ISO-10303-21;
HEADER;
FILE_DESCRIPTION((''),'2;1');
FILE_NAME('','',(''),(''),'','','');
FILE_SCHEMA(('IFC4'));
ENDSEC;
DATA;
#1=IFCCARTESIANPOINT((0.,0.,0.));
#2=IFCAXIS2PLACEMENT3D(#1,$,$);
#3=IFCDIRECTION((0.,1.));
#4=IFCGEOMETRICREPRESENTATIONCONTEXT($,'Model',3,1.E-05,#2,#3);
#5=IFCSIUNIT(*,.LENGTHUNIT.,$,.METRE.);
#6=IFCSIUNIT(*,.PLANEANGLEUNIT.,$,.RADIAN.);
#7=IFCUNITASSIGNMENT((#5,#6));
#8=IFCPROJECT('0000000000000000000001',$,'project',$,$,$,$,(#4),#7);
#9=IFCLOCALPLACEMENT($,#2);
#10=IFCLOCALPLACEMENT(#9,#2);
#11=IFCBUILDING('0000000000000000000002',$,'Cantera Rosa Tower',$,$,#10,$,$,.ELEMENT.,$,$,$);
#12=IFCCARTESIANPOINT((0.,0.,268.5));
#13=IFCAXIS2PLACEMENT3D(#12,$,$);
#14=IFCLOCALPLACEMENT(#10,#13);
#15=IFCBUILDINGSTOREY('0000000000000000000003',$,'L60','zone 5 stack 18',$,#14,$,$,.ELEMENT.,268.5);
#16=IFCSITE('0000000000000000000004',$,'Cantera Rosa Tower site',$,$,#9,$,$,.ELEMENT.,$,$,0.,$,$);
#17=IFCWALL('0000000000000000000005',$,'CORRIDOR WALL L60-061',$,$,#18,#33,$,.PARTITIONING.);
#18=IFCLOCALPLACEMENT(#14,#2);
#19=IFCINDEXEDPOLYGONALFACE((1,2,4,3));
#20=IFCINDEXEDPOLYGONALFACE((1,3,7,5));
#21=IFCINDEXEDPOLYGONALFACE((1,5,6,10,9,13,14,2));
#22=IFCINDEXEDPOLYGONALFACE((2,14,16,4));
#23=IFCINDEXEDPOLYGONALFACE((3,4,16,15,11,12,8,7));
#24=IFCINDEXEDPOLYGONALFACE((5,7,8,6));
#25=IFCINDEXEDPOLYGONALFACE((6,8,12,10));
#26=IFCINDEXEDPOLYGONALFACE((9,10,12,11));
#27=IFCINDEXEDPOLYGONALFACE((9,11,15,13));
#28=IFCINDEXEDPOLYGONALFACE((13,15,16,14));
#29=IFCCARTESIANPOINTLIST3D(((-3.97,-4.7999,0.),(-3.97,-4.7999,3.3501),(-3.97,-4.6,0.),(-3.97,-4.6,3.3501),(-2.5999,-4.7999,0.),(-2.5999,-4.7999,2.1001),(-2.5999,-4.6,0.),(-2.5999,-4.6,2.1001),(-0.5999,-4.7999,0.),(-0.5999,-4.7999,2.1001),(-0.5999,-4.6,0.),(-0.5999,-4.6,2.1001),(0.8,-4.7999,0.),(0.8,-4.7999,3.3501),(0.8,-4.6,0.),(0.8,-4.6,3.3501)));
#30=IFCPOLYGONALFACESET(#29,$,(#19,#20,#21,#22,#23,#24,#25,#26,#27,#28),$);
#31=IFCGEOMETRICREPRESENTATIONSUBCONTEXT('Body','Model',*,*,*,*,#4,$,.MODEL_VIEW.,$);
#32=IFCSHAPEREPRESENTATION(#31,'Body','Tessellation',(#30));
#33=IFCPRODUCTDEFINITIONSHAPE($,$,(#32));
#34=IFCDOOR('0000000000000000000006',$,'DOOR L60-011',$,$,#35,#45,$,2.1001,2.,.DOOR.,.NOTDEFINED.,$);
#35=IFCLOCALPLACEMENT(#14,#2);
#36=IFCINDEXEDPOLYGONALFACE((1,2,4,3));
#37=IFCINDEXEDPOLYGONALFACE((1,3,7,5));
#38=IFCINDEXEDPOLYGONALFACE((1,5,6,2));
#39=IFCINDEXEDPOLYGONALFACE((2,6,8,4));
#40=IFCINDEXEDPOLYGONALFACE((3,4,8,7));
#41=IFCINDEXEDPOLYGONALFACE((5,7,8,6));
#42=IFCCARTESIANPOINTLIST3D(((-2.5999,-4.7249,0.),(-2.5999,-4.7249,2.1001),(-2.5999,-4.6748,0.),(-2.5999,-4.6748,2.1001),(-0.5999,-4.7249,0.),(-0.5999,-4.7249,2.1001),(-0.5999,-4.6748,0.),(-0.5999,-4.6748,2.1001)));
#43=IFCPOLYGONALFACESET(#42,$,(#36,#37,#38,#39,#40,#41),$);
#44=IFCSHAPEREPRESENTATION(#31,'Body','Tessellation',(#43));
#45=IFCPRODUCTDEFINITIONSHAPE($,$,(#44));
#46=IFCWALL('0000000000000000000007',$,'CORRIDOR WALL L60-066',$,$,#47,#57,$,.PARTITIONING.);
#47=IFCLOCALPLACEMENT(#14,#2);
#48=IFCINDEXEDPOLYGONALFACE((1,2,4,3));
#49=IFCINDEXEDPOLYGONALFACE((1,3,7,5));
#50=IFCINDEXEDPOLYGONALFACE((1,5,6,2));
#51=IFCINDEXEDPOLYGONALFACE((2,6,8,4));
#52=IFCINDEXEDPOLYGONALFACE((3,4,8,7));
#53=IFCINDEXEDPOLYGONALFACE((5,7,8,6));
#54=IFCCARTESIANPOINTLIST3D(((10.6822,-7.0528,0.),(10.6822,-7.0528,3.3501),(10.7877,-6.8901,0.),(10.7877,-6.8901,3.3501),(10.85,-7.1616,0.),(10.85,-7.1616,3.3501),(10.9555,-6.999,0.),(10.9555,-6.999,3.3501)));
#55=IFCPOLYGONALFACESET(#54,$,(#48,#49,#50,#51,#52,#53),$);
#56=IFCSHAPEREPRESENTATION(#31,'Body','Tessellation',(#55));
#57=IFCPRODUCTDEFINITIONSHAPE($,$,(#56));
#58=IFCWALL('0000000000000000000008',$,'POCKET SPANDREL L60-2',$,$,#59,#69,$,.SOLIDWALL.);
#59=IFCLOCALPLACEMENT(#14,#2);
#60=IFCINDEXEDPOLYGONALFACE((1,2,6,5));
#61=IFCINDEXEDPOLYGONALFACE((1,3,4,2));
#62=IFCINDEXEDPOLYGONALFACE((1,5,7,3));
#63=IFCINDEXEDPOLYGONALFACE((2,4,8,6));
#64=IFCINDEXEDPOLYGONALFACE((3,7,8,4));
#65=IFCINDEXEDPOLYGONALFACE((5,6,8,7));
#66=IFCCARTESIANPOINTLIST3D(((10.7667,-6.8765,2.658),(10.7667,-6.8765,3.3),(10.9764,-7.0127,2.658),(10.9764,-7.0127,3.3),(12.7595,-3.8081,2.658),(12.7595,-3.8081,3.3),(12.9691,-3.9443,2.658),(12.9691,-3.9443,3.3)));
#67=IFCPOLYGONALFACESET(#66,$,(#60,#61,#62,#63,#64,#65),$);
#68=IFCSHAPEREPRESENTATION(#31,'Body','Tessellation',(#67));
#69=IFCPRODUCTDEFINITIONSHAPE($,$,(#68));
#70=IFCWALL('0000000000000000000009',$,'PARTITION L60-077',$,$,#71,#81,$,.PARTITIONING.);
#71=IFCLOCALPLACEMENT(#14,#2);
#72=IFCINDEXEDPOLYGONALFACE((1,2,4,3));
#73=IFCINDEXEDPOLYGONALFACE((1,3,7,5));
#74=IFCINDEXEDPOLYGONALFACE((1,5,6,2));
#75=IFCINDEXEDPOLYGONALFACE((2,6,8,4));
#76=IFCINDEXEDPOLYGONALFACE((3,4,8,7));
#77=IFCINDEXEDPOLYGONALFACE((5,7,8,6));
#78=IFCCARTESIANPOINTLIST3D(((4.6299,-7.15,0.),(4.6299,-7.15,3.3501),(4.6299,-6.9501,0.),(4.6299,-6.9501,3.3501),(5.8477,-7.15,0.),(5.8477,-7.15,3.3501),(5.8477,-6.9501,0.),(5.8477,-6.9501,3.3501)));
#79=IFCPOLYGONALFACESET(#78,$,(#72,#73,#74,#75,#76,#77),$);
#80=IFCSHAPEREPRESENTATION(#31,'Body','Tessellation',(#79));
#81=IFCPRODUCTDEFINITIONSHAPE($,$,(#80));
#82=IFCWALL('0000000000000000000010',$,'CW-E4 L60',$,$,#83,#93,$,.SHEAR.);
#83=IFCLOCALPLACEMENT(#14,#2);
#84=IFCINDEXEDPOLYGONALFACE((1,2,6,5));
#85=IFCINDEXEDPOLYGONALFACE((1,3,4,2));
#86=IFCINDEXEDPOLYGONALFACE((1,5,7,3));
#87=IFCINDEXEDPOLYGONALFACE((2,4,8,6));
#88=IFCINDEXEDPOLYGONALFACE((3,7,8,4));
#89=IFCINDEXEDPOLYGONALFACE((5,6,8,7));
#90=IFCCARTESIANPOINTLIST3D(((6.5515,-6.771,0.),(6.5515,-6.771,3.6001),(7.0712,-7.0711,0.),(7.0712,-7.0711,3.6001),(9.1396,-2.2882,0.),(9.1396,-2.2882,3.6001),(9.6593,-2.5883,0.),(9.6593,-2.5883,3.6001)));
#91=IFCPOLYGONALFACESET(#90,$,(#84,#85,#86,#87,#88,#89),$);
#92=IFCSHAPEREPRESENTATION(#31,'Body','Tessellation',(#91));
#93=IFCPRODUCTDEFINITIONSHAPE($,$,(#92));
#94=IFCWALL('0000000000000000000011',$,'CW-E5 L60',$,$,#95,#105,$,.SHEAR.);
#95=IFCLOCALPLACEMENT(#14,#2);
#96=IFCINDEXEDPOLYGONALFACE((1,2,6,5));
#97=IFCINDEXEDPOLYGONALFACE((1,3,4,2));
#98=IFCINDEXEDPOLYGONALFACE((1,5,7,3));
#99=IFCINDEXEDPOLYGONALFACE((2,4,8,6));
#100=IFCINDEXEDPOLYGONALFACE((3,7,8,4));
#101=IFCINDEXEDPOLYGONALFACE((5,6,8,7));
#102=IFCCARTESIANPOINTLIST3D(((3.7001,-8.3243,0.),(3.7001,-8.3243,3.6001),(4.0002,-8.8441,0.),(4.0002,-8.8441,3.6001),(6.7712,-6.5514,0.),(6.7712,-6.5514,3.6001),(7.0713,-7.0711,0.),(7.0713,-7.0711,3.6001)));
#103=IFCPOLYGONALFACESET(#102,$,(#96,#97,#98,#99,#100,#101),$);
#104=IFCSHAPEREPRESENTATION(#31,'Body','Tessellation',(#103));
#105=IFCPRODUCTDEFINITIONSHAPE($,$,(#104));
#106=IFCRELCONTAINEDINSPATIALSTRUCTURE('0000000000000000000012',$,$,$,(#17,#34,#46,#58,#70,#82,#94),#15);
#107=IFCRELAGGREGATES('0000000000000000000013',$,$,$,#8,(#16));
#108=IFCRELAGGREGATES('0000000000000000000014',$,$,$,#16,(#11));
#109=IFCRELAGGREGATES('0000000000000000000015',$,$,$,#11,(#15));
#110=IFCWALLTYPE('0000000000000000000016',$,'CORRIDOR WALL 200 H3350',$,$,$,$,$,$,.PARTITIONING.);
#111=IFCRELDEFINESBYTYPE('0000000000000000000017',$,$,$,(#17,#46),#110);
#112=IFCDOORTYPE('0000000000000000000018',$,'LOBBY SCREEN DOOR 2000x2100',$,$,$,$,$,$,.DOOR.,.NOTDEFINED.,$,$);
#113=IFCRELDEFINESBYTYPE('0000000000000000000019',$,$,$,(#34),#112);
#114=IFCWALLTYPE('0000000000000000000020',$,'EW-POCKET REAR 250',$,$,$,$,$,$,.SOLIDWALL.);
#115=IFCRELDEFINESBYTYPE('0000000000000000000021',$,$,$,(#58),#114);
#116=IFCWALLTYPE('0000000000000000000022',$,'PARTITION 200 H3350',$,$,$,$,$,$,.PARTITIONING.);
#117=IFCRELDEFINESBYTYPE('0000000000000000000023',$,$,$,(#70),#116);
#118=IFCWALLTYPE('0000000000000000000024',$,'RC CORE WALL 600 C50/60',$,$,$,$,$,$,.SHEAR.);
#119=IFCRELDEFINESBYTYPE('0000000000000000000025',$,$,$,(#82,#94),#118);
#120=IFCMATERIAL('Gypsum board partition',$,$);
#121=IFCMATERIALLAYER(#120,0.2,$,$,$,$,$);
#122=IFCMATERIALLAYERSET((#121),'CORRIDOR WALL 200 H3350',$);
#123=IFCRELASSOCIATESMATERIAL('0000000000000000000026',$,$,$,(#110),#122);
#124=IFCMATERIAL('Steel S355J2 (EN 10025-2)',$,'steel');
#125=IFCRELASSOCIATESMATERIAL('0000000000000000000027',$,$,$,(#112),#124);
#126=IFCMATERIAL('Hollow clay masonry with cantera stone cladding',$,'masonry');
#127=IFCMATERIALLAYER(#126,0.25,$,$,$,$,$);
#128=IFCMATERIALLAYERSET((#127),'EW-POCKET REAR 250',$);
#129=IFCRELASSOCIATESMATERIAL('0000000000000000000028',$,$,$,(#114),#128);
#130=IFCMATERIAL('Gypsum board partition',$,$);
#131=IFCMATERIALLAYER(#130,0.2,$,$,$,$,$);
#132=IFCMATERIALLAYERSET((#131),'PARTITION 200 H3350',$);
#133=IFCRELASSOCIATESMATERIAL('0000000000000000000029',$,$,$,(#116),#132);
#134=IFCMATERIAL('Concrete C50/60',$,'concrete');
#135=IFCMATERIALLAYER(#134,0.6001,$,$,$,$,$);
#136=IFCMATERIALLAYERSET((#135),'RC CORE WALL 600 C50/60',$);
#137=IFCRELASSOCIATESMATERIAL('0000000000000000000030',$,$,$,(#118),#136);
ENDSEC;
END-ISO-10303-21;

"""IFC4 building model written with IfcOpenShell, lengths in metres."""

from ifc_helpers import new_model, si_unit, direction, frame, frame_2d, origin, place, context, subcontext, project, spatial, rectangle, extrude, material, layer, layer_set, type_object, element, fill, save


model = new_model("IFC4")

# Units and contexts
model_context = context("Model", 3, precision=1e-05, world=origin(), true_north=direction((0.0, 1.0)))
body_context = subcontext(model_context, "Body", "Model", "MODEL_VIEW")
ifc_project = project(units=[si_unit("LENGTHUNIT", "METRE"), si_unit("PLANEANGLEUNIT", "RADIAN")], contexts=[model_context])

# Site, building, storey
site_placement = place(None, origin())
site = spatial("IfcSite", under=ifc_project, at=site_placement, Name="Cantera Rosa Tower site", CompositionType="ELEMENT", RefElevation=0.0)
building_placement = place(site_placement, origin())
building = spatial("IfcBuilding", under=site, at=building_placement, Name="Cantera Rosa Tower", CompositionType="ELEMENT")
storey_placement = place(building_placement, frame((0.0, 0.0, 268.5)))
storey = spatial("IfcBuildingStorey", under=building, at=storey_placement, Name="L60", Description="zone 5 stack 18", CompositionType="ELEMENT", Elevation=268.5)

# Wall, opening, door
ifc_material_1 = material(Name="Gypsum board partition")
ifc_layer_1 = layer(ifc_material_1, 0.2)
ifc_layer_set_1 = layer_set([ifc_layer_1], Name="CORRIDOR WALL 200 H3350")
wall_type_1 = type_object("IfcWallType", Name="CORRIDOR WALL 200 H3350", PredefinedType="PARTITIONING", material=ifc_layer_set_1)
wall_1_placement = place(storey_placement, frame((0.8, -4.7, 0.0), z_axis=(0.0, 0.0, 1.0), x_axis=(-1.0, 0.0, 0.0)))
wall_1 = element("IfcWall", 1, at=wall_1_placement, inside=storey, type_object=wall_type_1, Name="CORRIDOR WALL L60-061", PredefinedType="PARTITIONING", context=body_context, shape_type="SweptSolid", body=[
    extrude(rectangle(XDim=4.77, YDim=0.2, at=frame_2d((2.385, 0.0))), origin(), (0.0, 0.0, 1.0), 3.3501),
])
opening_1_placement = place(wall_1_placement, frame((1.3999, 0.0, 0.0)))
opening_1 = element("IfcOpeningElement", 2, at=opening_1_placement, cuts=wall_1, PredefinedType="OPENING", context=body_context, shape_type="SweptSolid", body=[
    extrude(rectangle(XDim=2.0, YDim=2.1001, at=frame_2d((1.0, 1.05))), frame((0.0, 0.1099, 0.0), z_axis=(0.0, -1.0, 0.0), x_axis=(1.0, 0.0, 0.0)), (0.0, 0.0, 1.0), 0.22),
])
ifc_material_2 = material(Name="Steel S355J2 (EN 10025-2)", Category="steel")
door_type_1 = type_object("IfcDoorType", Name="LOBBY SCREEN DOOR 2000x2100", OperationType="NOTDEFINED", PredefinedType="DOOR", material=ifc_material_2)
door_1_placement = place(opening_1_placement, origin())
door_1 = element("IfcDoor", 3, at=door_1_placement, inside=storey, type_object=door_type_1, Name="DOOR L60-011", OperationType="NOTDEFINED", OverallHeight=2.1001, OverallWidth=2.0, PredefinedType="DOOR", context=body_context, shape_type="SweptSolid", body=[
    extrude(rectangle(XDim=2.0, YDim=2.1001, at=frame_2d((1.0, 1.05))), frame((0.0, 0.0249, 0.0), z_axis=(0.0, -1.0, 0.0), x_axis=(1.0, 0.0, 0.0)), (0.0, 0.0, 1.0), 0.05),
])
fill(opening_1, door_1)

# Walls
wall_2_placement = place(storey_placement, frame((10.7661, -7.1072, 0.0), z_axis=(0.0, 0.0, 1.0), x_axis=(0.544191, 0.838961, 0.0)))
element("IfcWall", 4, at=wall_2_placement, inside=storey, type_object=wall_type_1, Name="CORRIDOR WALL L60-066", PredefinedType="PARTITIONING", context=body_context, shape_type="SweptSolid", body=[
    extrude(rectangle(XDim=0.1938, YDim=0.2, at=frame_2d((0.0969, 0.0))), origin(), (0.0, 0.0, 1.0), 3.3501),
])
ifc_material_3 = material(Name="Hollow clay masonry with cantera stone cladding", Category="masonry")
ifc_layer_2 = layer(ifc_material_3, 0.25)
ifc_layer_set_2 = layer_set([ifc_layer_2], Name="EW-POCKET REAR 250")
wall_type_2 = type_object("IfcWallType", Name="EW-POCKET REAR 250", PredefinedType="SOLIDWALL", material=ifc_layer_set_2)
wall_3_placement = place(storey_placement, frame((10.8716, -6.9446, 2.658), z_axis=(0.0, 0.0, 1.0), x_axis=(0.544651, 0.838663, 0.0)))
element("IfcWall", 5, at=wall_3_placement, inside=storey, type_object=wall_type_2, Name="POCKET SPANDREL L60-2", PredefinedType="SOLIDWALL", context=body_context, shape_type="SweptSolid", body=[
    extrude(rectangle(XDim=3.6587, YDim=0.25, at=frame_2d((1.8293, 0.0))), origin(), (0.0, 0.0, 1.0), 0.6421),
])
ifc_material_4 = material(Name="Gypsum board partition")
ifc_layer_3 = layer(ifc_material_4, 0.2)
ifc_layer_set_3 = layer_set([ifc_layer_3], Name="PARTITION 200 H3350")
wall_type_3 = type_object("IfcWallType", Name="PARTITION 200 H3350", PredefinedType="PARTITIONING", material=ifc_layer_set_3)
wall_4_placement = place(storey_placement, frame((5.8477, -7.05, 0.0), z_axis=(0.0, 0.0, 1.0), x_axis=(-1.0, 0.0, 0.0)))
element("IfcWall", 6, at=wall_4_placement, inside=storey, type_object=wall_type_3, Name="PARTITION L60-077", PredefinedType="PARTITIONING", context=body_context, shape_type="SweptSolid", body=[
    extrude(rectangle(XDim=1.2178, YDim=0.2, at=frame_2d((0.6089, 0.0))), origin(), (0.0, 0.0, 1.0), 3.3501),
])
ifc_material_5 = material(Name="Concrete C50/60", Category="concrete")
ifc_layer_4 = layer(ifc_material_5, 0.6001)
ifc_layer_set_4 = layer_set([ifc_layer_4], Name="RC CORE WALL 600 C50/60")
wall_type_4 = type_object("IfcWallType", Name="RC CORE WALL 600 C50/60", PredefinedType="SHEAR", material=ifc_layer_set_4)
wall_5_placement = place(storey_placement, frame((9.3994, -2.4382, 0.0), z_axis=(0.0, 0.0, 1.0), x_axis=(-0.499989, -0.866032, 0.0)))
element("IfcWall", 7, at=wall_5_placement, inside=storey, type_object=wall_type_4, Name="CW-E4 L60", PredefinedType="SHEAR", context=body_context, shape_type="SweptSolid", body=[
    extrude(rectangle(XDim=5.1763, YDim=0.6001, at=frame_2d((2.5881, 0.0))), origin(), (0.0, 0.0, 1.0), 3.6001),
])
wall_6_placement = place(storey_placement, frame((6.9211, -6.8113, 0.0), z_axis=(0.0, 0.0, 1.0), x_axis=(-0.86604, -0.499975, 0.0)))
element("IfcWall", 8, at=wall_6_placement, inside=storey, type_object=wall_type_4, Name="CW-E5 L60", PredefinedType="SHEAR", context=body_context, shape_type="SweptSolid", body=[
    extrude(rectangle(XDim=3.5461, YDim=0.6001, at=frame_2d((1.7729, 0.0))), origin(), (0.0, 0.0, 1.0), 3.6001),
])

save(model, "model.ifc")
